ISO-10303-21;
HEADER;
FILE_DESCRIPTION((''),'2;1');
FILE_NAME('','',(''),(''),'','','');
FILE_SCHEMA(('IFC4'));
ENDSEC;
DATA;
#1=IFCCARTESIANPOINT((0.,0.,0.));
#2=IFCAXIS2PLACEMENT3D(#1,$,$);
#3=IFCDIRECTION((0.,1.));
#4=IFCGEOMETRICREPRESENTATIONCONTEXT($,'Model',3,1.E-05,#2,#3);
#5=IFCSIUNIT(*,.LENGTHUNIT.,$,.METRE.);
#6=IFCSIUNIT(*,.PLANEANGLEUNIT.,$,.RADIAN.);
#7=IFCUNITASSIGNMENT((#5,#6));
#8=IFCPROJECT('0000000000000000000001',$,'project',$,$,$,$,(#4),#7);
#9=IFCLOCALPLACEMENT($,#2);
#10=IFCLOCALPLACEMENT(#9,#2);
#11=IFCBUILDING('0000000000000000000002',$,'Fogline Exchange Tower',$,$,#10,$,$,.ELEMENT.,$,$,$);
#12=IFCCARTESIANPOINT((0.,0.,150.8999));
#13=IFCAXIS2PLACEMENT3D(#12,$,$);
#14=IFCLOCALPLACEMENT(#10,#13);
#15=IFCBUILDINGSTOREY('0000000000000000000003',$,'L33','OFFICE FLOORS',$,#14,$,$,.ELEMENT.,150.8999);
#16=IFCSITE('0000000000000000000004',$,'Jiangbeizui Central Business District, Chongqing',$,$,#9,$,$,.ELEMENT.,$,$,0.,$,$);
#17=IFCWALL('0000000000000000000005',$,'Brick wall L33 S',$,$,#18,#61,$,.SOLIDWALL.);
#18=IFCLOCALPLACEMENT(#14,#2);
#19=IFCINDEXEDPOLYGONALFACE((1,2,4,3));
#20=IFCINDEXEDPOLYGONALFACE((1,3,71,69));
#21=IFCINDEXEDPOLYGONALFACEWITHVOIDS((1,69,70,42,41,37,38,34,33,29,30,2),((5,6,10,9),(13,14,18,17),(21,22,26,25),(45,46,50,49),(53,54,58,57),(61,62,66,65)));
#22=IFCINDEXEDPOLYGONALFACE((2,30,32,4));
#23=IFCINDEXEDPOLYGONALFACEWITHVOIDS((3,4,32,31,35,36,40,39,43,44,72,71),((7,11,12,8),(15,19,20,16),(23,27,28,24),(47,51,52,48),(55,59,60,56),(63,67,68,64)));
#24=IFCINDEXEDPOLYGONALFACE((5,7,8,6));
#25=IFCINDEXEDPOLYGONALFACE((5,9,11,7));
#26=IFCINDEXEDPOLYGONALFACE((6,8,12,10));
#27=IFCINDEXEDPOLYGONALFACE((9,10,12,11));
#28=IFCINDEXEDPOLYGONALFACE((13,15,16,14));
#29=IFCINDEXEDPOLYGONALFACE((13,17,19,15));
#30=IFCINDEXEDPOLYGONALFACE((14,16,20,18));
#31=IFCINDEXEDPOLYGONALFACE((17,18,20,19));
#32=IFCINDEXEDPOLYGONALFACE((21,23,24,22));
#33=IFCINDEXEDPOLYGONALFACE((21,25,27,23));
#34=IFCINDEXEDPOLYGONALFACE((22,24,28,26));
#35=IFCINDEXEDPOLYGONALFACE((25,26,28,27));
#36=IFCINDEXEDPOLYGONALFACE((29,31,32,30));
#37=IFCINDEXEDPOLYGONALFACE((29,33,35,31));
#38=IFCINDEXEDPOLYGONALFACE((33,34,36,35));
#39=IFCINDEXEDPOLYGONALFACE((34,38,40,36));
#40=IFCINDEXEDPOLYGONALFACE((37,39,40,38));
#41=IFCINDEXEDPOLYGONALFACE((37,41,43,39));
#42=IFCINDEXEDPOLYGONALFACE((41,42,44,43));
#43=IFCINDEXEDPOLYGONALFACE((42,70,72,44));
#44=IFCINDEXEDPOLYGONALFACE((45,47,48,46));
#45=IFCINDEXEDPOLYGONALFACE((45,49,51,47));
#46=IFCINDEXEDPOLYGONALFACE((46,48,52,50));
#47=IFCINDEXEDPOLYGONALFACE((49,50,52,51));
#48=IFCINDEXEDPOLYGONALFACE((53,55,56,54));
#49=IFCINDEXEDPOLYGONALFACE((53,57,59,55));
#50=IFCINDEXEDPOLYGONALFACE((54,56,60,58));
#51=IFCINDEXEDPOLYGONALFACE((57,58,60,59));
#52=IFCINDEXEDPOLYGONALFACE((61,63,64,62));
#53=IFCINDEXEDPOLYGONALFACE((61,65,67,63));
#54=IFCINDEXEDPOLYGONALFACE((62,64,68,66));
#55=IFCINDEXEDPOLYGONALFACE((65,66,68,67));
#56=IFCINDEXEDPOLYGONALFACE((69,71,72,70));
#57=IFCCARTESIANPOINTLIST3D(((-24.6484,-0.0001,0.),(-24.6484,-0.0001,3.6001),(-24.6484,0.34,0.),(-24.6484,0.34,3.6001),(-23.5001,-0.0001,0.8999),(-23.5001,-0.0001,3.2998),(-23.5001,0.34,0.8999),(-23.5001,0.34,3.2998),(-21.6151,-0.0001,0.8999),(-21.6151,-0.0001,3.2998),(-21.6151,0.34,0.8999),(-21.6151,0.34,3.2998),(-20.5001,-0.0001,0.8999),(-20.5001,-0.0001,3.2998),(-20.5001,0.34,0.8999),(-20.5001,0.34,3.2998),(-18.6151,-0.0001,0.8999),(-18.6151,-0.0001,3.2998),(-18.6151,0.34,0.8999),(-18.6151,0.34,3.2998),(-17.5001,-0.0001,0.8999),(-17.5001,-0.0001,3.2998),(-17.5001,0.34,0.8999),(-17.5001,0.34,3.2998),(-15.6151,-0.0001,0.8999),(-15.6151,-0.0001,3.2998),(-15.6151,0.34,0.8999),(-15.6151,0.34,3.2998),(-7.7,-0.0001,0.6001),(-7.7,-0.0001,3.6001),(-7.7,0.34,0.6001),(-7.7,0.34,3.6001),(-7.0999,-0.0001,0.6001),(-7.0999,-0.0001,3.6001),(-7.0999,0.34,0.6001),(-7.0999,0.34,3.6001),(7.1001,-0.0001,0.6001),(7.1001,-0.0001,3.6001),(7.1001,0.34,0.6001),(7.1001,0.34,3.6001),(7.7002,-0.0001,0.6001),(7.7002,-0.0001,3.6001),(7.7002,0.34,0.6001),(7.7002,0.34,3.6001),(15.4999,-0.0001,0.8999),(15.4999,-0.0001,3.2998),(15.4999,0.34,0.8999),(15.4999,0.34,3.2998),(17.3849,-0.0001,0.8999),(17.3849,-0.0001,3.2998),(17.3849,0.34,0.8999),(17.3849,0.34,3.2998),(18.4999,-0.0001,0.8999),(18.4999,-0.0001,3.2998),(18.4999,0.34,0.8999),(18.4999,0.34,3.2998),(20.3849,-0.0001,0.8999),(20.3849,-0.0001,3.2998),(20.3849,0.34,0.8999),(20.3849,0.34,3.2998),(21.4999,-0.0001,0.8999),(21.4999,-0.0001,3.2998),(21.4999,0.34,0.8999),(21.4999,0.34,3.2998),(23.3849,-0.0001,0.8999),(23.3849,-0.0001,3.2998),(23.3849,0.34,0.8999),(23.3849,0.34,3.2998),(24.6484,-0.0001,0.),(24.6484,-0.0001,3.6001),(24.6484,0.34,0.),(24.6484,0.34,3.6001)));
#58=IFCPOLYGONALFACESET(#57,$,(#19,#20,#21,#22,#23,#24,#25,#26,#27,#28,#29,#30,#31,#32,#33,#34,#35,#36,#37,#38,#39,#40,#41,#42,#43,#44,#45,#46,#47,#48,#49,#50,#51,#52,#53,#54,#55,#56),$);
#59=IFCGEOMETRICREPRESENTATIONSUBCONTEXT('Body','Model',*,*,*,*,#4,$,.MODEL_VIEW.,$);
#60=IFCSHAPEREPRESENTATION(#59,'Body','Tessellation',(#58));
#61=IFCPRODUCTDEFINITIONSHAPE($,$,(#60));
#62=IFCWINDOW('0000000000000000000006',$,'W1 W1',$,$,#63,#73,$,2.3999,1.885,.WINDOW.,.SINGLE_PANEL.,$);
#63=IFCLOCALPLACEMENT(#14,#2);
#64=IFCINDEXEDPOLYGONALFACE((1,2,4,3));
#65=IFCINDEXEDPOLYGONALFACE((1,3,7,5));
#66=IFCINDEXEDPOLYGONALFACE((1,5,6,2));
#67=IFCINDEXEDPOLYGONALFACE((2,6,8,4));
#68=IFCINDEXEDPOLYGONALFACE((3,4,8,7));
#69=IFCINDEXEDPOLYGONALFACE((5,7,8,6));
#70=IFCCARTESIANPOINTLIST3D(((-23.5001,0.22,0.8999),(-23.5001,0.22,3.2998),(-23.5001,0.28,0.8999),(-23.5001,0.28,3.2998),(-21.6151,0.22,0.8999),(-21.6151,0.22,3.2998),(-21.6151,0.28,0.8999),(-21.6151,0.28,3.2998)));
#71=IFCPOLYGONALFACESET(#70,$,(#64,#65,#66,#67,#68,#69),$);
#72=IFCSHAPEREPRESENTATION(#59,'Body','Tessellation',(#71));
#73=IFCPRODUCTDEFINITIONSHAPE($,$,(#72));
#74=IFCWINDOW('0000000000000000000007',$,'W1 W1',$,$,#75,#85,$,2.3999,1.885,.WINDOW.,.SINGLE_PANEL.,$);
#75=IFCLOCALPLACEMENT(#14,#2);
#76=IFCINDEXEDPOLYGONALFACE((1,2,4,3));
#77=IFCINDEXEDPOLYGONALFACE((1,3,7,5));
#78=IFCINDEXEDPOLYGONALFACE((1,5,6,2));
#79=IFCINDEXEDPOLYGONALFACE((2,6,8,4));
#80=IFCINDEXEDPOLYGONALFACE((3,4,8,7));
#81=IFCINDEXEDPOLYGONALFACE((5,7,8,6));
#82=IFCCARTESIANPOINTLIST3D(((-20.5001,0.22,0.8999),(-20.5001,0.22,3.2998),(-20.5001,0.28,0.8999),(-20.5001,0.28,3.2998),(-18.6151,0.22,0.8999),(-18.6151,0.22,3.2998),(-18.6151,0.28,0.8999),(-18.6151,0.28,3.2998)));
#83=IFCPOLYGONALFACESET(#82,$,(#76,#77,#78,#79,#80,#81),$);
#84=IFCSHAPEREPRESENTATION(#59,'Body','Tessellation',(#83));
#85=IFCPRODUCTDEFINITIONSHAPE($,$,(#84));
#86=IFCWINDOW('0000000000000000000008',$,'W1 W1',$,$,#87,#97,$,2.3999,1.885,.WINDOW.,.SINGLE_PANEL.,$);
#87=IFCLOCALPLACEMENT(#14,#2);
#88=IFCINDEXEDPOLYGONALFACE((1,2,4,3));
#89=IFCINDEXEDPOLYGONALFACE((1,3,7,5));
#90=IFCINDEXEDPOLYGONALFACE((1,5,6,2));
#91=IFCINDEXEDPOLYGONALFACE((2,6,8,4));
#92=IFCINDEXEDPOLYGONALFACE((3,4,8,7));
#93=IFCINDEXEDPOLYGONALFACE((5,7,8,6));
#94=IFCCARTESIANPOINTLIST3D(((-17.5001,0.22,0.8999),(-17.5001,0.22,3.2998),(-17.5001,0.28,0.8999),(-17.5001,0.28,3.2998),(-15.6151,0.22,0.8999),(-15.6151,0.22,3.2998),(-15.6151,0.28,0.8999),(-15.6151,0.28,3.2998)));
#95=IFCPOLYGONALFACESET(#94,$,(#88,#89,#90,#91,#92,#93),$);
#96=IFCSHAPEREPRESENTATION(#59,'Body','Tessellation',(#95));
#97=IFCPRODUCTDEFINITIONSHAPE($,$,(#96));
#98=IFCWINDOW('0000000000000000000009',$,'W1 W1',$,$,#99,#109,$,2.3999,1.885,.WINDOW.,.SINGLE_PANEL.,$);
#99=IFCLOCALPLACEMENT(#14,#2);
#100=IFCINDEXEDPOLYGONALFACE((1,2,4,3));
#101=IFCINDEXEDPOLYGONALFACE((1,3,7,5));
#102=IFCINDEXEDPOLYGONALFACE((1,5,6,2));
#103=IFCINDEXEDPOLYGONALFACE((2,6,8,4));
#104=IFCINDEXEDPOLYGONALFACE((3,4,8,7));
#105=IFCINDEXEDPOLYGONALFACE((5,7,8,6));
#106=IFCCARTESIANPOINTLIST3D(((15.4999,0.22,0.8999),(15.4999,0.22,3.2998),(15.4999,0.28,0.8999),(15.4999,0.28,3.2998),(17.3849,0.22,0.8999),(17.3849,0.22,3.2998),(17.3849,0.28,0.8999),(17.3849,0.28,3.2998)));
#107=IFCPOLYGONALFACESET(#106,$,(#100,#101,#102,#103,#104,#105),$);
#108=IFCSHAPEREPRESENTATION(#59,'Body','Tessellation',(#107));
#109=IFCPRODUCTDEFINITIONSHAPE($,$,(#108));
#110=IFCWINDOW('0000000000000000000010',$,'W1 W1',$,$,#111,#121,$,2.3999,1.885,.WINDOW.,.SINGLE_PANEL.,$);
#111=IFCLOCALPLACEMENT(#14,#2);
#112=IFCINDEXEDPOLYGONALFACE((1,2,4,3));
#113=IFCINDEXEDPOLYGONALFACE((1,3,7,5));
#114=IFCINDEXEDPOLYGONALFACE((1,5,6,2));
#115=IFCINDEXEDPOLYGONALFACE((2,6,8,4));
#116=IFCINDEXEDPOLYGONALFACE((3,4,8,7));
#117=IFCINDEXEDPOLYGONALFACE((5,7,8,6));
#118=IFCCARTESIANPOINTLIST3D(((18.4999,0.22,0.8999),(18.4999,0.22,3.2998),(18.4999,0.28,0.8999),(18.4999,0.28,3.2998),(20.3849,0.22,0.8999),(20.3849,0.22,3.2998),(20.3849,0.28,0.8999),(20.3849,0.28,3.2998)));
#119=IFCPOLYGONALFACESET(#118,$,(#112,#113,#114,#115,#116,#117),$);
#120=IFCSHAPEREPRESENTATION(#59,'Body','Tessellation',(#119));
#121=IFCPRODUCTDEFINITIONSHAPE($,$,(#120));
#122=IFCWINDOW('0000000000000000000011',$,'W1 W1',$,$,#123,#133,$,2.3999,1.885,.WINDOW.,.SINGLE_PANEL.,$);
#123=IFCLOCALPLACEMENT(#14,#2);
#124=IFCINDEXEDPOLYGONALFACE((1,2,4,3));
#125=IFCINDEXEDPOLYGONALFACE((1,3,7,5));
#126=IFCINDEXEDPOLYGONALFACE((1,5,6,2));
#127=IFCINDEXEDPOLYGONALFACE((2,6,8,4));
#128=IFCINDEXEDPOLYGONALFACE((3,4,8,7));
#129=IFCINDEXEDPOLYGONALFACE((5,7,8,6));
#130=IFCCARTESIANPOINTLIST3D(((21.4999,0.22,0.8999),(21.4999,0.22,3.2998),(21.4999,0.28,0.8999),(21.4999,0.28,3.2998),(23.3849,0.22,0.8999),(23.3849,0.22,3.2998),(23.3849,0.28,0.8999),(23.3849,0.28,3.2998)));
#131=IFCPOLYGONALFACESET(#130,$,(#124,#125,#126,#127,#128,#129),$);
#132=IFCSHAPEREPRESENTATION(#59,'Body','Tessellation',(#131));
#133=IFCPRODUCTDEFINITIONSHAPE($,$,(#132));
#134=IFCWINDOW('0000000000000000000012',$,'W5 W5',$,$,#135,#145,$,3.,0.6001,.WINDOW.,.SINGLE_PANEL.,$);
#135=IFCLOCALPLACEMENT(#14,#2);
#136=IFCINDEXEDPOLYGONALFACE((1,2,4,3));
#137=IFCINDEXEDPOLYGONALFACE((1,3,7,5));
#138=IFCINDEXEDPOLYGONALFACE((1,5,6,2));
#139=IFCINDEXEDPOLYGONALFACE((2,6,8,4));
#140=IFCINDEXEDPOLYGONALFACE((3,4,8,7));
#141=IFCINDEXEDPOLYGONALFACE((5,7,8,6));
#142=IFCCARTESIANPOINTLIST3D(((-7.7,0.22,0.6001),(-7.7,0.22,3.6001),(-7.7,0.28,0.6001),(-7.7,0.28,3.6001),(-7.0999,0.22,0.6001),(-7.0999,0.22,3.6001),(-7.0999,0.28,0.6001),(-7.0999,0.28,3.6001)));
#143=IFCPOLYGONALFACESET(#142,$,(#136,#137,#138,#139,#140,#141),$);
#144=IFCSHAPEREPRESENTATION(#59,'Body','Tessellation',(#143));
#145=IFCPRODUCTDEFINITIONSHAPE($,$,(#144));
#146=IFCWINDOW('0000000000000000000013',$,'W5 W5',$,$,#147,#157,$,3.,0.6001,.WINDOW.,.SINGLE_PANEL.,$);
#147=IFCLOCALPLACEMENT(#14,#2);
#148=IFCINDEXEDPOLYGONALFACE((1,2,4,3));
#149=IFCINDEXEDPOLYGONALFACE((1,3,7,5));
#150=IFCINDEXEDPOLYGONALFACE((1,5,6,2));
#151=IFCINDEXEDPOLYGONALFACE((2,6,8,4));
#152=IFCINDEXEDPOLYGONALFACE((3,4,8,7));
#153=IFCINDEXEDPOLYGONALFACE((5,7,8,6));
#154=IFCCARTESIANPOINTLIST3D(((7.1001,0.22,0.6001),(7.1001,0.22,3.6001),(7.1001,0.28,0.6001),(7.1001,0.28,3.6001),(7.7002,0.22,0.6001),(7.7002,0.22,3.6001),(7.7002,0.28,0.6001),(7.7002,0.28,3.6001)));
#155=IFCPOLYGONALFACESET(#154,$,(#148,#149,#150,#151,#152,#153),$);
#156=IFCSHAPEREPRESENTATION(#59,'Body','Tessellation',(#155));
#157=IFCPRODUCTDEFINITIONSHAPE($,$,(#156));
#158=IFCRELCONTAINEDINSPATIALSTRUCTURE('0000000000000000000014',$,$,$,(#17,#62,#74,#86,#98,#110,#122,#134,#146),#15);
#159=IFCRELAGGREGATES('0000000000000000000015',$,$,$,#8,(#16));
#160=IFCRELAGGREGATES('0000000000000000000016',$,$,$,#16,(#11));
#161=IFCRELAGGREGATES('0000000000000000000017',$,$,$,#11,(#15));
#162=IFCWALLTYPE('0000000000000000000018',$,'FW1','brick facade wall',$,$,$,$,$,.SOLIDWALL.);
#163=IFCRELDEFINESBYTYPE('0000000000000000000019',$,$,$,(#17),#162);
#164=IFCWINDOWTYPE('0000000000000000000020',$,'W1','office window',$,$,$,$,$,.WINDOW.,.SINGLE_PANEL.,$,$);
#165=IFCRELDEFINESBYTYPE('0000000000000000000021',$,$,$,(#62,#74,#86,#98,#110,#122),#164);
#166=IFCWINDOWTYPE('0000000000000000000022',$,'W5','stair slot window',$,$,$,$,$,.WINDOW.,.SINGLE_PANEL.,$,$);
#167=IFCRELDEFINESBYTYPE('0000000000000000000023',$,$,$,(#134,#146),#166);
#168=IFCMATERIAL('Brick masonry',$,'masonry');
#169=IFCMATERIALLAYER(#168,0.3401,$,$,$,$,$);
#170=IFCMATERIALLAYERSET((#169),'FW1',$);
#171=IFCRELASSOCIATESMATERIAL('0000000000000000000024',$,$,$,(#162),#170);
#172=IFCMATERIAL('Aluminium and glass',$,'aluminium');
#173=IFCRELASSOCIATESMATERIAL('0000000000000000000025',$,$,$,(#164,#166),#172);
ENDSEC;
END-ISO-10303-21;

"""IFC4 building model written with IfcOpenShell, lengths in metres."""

from ifc_helpers import new_model, si_unit, direction, frame, frame_2d, origin, place, context, subcontext, project, spatial, rectangle, extrude, material, layer, layer_set, type_object, element, fill, save


model = new_model("IFC4")

# Units and contexts
model_context = context("Model", 3, precision=1e-05, world=origin(), true_north=direction((0.0, 1.0)))
body_context = subcontext(model_context, "Body", "Model", "MODEL_VIEW")
ifc_project = project(units=[si_unit("LENGTHUNIT", "METRE"), si_unit("PLANEANGLEUNIT", "RADIAN")], contexts=[model_context])

# Site, building, storey
site_placement = place(None, origin())
site = spatial("IfcSite", under=ifc_project, at=site_placement, Name="Jiangbeizui Central Business District, Chongqing", CompositionType="ELEMENT", RefElevation=0.0)
building_placement = place(site_placement, origin())
building = spatial("IfcBuilding", under=site, at=building_placement, Name="Fogline Exchange Tower", CompositionType="ELEMENT")
storey_placement = place(building_placement, frame((0.0, 0.0, 150.8999)))
storey = spatial("IfcBuildingStorey", under=building, at=storey_placement, Name="L33", Description="OFFICE FLOORS", CompositionType="ELEMENT", Elevation=150.8999)

# Shared definitions
ifc_material_1 = material(Name="Brick masonry", Category="masonry")
ifc_layer = layer(ifc_material_1, 0.3401)
ifc_layer_set = layer_set([ifc_layer], Name="FW1")
wall_type = type_object("IfcWallType", Name="FW1", Description="brick facade wall", PredefinedType="SOLIDWALL", material=ifc_layer_set)
ifc_material_2 = material(Name="Aluminium and glass", Category="aluminium")

# Wall, openings, windows
wall_1_placement = place(storey_placement, frame((-24.6484, 0.1699, 0.0), z_axis=(0.0, 0.0, 1.0), x_axis=(1.0, 0.0, 0.0)))
wall_1 = element("IfcWall", 1, at=wall_1_placement, inside=storey, type_object=wall_type, Name="Brick wall L33 S", PredefinedType="SOLIDWALL", context=body_context, shape_type="SweptSolid", body=[
    extrude(rectangle(XDim=49.2969, YDim=0.3401, at=frame_2d((24.6484, 0.0))), origin(), (0.0, 0.0, 1.0), 3.6001),
])
opening_1_placement = place(wall_1_placement, frame((1.1484, 0.0, 0.8999)))
opening_1 = element("IfcOpeningElement", 2, at=opening_1_placement, cuts=wall_1, PredefinedType="OPENING", context=body_context, shape_type="SweptSolid", body=[
    extrude(rectangle(XDim=1.885, YDim=2.3999, at=frame_2d((0.9424, 1.2))), frame((0.0, 0.1802, 0.0), z_axis=(0.0, -1.0, 0.0), x_axis=(1.0, 0.0, 0.0)), (0.0, 0.0, 1.0), 0.3601),
])
opening_2_placement = place(wall_1_placement, frame((4.1484, 0.0, 0.8999)))
opening_2 = element("IfcOpeningElement", 3, at=opening_2_placement, cuts=wall_1, PredefinedType="OPENING", context=body_context, shape_type="SweptSolid", body=[
    extrude(rectangle(XDim=1.885, YDim=2.3999, at=frame_2d((0.9424, 1.2))), frame((0.0, 0.1802, 0.0), z_axis=(0.0, -1.0, 0.0), x_axis=(1.0, 0.0, 0.0)), (0.0, 0.0, 1.0), 0.3601),
])
opening_3_placement = place(wall_1_placement, frame((7.1484, 0.0, 0.8999)))
opening_3 = element("IfcOpeningElement", 4, at=opening_3_placement, cuts=wall_1, PredefinedType="OPENING", context=body_context, shape_type="SweptSolid", body=[
    extrude(rectangle(XDim=1.885, YDim=2.3999, at=frame_2d((0.9424, 1.2))), frame((0.0, 0.1802, 0.0), z_axis=(0.0, -1.0, 0.0), x_axis=(1.0, 0.0, 0.0)), (0.0, 0.0, 1.0), 0.3601),
])
opening_4_placement = place(wall_1_placement, frame((40.1484, 0.0, 0.8999)))
opening_4 = element("IfcOpeningElement", 5, at=opening_4_placement, cuts=wall_1, PredefinedType="OPENING", context=body_context, shape_type="SweptSolid", body=[
    extrude(rectangle(XDim=1.885, YDim=2.3999, at=frame_2d((0.9424, 1.2))), frame((0.0, 0.1802, 0.0), z_axis=(0.0, -1.0, 0.0), x_axis=(1.0, 0.0, 0.0)), (0.0, 0.0, 1.0), 0.3601),
])
opening_5_placement = place(wall_1_placement, frame((43.1484, 0.0, 0.8999)))
opening_5 = element("IfcOpeningElement", 6, at=opening_5_placement, cuts=wall_1, PredefinedType="OPENING", context=body_context, shape_type="SweptSolid", body=[
    extrude(rectangle(XDim=1.885, YDim=2.3999, at=frame_2d((0.9424, 1.2))), frame((0.0, 0.1802, 0.0), z_axis=(0.0, -1.0, 0.0), x_axis=(1.0, 0.0, 0.0)), (0.0, 0.0, 1.0), 0.3601),
])
opening_6_placement = place(wall_1_placement, frame((46.1484, 0.0, 0.8999)))
opening_6 = element("IfcOpeningElement", 7, at=opening_6_placement, cuts=wall_1, PredefinedType="OPENING", context=body_context, shape_type="SweptSolid", body=[
    extrude(rectangle(XDim=1.885, YDim=2.3999, at=frame_2d((0.9424, 1.2))), frame((0.0, 0.1802, 0.0), z_axis=(0.0, -1.0, 0.0), x_axis=(1.0, 0.0, 0.0)), (0.0, 0.0, 1.0), 0.3601),
])
opening_7_placement = place(wall_1_placement, frame((16.9485, 0.0, 0.6001)))
opening_7 = element("IfcOpeningElement", 8, at=opening_7_placement, cuts=wall_1, PredefinedType="OPENING", context=body_context, shape_type="SweptSolid", body=[
    extrude(rectangle(XDim=0.6001, YDim=3.0, at=frame_2d((0.3, 1.5))), frame((0.0, 0.1802, 0.0), z_axis=(0.0, -1.0, 0.0), x_axis=(1.0, 0.0, 0.0)), (0.0, 0.0, 1.0), 0.3601),
])
opening_8_placement = place(wall_1_placement, frame((31.7485, 0.0, 0.6001)))
opening_8 = element("IfcOpeningElement", 9, at=opening_8_placement, cuts=wall_1, PredefinedType="OPENING", context=body_context, shape_type="SweptSolid", body=[
    extrude(rectangle(XDim=0.6001, YDim=3.0, at=frame_2d((0.3, 1.5))), frame((0.0, 0.1802, 0.0), z_axis=(0.0, -1.0, 0.0), x_axis=(1.0, 0.0, 0.0)), (0.0, 0.0, 1.0), 0.3601),
])
window_type_1 = type_object("IfcWindowType", Name="W1", Description="office window", PartitioningType="SINGLE_PANEL", PredefinedType="WINDOW", material=ifc_material_2)
window_1_placement = place(opening_1_placement, origin())
window_1 = element("IfcWindow", 10, at=window_1_placement, inside=storey, type_object=window_type_1, Name="W1 W1", OverallHeight=2.3999, OverallWidth=1.885, PartitioningType="SINGLE_PANEL", PredefinedType="WINDOW", context=body_context, shape_type="SweptSolid", body=[
    extrude(rectangle(XDim=1.885, YDim=2.3999, at=frame_2d((0.9424, 1.2))), frame((0.0, 0.1101, 0.0), z_axis=(0.0, -1.0, 0.0), x_axis=(1.0, 0.0, 0.0)), (0.0, 0.0, 1.0), 0.0601),
])
fill(opening_1, window_1)
window_2_placement = place(opening_2_placement, origin())
window_2 = element("IfcWindow", 11, at=window_2_placement, inside=storey, type_object=window_type_1, Name="W1 W1", OverallHeight=2.3999, OverallWidth=1.885, PartitioningType="SINGLE_PANEL", PredefinedType="WINDOW", context=body_context, shape_type="SweptSolid", body=[
    extrude(rectangle(XDim=1.885, YDim=2.3999, at=frame_2d((0.9424, 1.2))), frame((0.0, 0.1101, 0.0), z_axis=(0.0, -1.0, 0.0), x_axis=(1.0, 0.0, 0.0)), (0.0, 0.0, 1.0), 0.0601),
])
fill(opening_2, window_2)
window_3_placement = place(opening_3_placement, origin())
window_3 = element("IfcWindow", 12, at=window_3_placement, inside=storey, type_object=window_type_1, Name="W1 W1", OverallHeight=2.3999, OverallWidth=1.885, PartitioningType="SINGLE_PANEL", PredefinedType="WINDOW", context=body_context, shape_type="SweptSolid", body=[
    extrude(rectangle(XDim=1.885, YDim=2.3999, at=frame_2d((0.9424, 1.2))), frame((0.0, 0.1101, 0.0), z_axis=(0.0, -1.0, 0.0), x_axis=(1.0, 0.0, 0.0)), (0.0, 0.0, 1.0), 0.0601),
])
fill(opening_3, window_3)
window_4_placement = place(opening_4_placement, origin())
window_4 = element("IfcWindow", 13, at=window_4_placement, inside=storey, type_object=window_type_1, Name="W1 W1", OverallHeight=2.3999, OverallWidth=1.885, PartitioningType="SINGLE_PANEL", PredefinedType="WINDOW", context=body_context, shape_type="SweptSolid", body=[
    extrude(rectangle(XDim=1.885, YDim=2.3999, at=frame_2d((0.9424, 1.2))), frame((0.0, 0.1101, 0.0), z_axis=(0.0, -1.0, 0.0), x_axis=(1.0, 0.0, 0.0)), (0.0, 0.0, 1.0), 0.0601),
])
fill(opening_4, window_4)
window_5_placement = place(opening_5_placement, origin())
window_5 = element("IfcWindow", 14, at=window_5_placement, inside=storey, type_object=window_type_1, Name="W1 W1", OverallHeight=2.3999, OverallWidth=1.885, PartitioningType="SINGLE_PANEL", PredefinedType="WINDOW", context=body_context, shape_type="SweptSolid", body=[
    extrude(rectangle(XDim=1.885, YDim=2.3999, at=frame_2d((0.9424, 1.2))), frame((0.0, 0.1101, 0.0), z_axis=(0.0, -1.0, 0.0), x_axis=(1.0, 0.0, 0.0)), (0.0, 0.0, 1.0), 0.0601),
])
fill(opening_5, window_5)
window_6_placement = place(opening_6_placement, origin())
window_6 = element("IfcWindow", 15, at=window_6_placement, inside=storey, type_object=window_type_1, Name="W1 W1", OverallHeight=2.3999, OverallWidth=1.885, PartitioningType="SINGLE_PANEL", PredefinedType="WINDOW", context=body_context, shape_type="SweptSolid", body=[
    extrude(rectangle(XDim=1.885, YDim=2.3999, at=frame_2d((0.9424, 1.2))), frame((0.0, 0.1101, 0.0), z_axis=(0.0, -1.0, 0.0), x_axis=(1.0, 0.0, 0.0)), (0.0, 0.0, 1.0), 0.0601),
])
fill(opening_6, window_6)
window_type_2 = type_object("IfcWindowType", Name="W5", Description="stair slot window", PartitioningType="SINGLE_PANEL", PredefinedType="WINDOW", material=ifc_material_2)
window_7_placement = place(opening_7_placement, origin())
window_7 = element("IfcWindow", 16, at=window_7_placement, inside=storey, type_object=window_type_2, Name="W5 W5", OverallHeight=3.0, OverallWidth=0.6001, PartitioningType="SINGLE_PANEL", PredefinedType="WINDOW", context=body_context, shape_type="SweptSolid", body=[
    extrude(rectangle(XDim=0.6001, YDim=3.0, at=frame_2d((0.3, 1.5))), frame((0.0, 0.1101, 0.0), z_axis=(0.0, -1.0, 0.0), x_axis=(1.0, 0.0, 0.0)), (0.0, 0.0, 1.0), 0.0601),
])
fill(opening_7, window_7)
window_8_placement = place(opening_8_placement, origin())
window_8 = element("IfcWindow", 17, at=window_8_placement, inside=storey, type_object=window_type_2, Name="W5 W5", OverallHeight=3.0, OverallWidth=0.6001, PartitioningType="SINGLE_PANEL", PredefinedType="WINDOW", context=body_context, shape_type="SweptSolid", body=[
    extrude(rectangle(XDim=0.6001, YDim=3.0, at=frame_2d((0.3, 1.5))), frame((0.0, 0.1101, 0.0), z_axis=(0.0, -1.0, 0.0), x_axis=(1.0, 0.0, 0.0)), (0.0, 0.0, 1.0), 0.0601),
])
fill(opening_8, window_8)

save(model, "model.ifc")
